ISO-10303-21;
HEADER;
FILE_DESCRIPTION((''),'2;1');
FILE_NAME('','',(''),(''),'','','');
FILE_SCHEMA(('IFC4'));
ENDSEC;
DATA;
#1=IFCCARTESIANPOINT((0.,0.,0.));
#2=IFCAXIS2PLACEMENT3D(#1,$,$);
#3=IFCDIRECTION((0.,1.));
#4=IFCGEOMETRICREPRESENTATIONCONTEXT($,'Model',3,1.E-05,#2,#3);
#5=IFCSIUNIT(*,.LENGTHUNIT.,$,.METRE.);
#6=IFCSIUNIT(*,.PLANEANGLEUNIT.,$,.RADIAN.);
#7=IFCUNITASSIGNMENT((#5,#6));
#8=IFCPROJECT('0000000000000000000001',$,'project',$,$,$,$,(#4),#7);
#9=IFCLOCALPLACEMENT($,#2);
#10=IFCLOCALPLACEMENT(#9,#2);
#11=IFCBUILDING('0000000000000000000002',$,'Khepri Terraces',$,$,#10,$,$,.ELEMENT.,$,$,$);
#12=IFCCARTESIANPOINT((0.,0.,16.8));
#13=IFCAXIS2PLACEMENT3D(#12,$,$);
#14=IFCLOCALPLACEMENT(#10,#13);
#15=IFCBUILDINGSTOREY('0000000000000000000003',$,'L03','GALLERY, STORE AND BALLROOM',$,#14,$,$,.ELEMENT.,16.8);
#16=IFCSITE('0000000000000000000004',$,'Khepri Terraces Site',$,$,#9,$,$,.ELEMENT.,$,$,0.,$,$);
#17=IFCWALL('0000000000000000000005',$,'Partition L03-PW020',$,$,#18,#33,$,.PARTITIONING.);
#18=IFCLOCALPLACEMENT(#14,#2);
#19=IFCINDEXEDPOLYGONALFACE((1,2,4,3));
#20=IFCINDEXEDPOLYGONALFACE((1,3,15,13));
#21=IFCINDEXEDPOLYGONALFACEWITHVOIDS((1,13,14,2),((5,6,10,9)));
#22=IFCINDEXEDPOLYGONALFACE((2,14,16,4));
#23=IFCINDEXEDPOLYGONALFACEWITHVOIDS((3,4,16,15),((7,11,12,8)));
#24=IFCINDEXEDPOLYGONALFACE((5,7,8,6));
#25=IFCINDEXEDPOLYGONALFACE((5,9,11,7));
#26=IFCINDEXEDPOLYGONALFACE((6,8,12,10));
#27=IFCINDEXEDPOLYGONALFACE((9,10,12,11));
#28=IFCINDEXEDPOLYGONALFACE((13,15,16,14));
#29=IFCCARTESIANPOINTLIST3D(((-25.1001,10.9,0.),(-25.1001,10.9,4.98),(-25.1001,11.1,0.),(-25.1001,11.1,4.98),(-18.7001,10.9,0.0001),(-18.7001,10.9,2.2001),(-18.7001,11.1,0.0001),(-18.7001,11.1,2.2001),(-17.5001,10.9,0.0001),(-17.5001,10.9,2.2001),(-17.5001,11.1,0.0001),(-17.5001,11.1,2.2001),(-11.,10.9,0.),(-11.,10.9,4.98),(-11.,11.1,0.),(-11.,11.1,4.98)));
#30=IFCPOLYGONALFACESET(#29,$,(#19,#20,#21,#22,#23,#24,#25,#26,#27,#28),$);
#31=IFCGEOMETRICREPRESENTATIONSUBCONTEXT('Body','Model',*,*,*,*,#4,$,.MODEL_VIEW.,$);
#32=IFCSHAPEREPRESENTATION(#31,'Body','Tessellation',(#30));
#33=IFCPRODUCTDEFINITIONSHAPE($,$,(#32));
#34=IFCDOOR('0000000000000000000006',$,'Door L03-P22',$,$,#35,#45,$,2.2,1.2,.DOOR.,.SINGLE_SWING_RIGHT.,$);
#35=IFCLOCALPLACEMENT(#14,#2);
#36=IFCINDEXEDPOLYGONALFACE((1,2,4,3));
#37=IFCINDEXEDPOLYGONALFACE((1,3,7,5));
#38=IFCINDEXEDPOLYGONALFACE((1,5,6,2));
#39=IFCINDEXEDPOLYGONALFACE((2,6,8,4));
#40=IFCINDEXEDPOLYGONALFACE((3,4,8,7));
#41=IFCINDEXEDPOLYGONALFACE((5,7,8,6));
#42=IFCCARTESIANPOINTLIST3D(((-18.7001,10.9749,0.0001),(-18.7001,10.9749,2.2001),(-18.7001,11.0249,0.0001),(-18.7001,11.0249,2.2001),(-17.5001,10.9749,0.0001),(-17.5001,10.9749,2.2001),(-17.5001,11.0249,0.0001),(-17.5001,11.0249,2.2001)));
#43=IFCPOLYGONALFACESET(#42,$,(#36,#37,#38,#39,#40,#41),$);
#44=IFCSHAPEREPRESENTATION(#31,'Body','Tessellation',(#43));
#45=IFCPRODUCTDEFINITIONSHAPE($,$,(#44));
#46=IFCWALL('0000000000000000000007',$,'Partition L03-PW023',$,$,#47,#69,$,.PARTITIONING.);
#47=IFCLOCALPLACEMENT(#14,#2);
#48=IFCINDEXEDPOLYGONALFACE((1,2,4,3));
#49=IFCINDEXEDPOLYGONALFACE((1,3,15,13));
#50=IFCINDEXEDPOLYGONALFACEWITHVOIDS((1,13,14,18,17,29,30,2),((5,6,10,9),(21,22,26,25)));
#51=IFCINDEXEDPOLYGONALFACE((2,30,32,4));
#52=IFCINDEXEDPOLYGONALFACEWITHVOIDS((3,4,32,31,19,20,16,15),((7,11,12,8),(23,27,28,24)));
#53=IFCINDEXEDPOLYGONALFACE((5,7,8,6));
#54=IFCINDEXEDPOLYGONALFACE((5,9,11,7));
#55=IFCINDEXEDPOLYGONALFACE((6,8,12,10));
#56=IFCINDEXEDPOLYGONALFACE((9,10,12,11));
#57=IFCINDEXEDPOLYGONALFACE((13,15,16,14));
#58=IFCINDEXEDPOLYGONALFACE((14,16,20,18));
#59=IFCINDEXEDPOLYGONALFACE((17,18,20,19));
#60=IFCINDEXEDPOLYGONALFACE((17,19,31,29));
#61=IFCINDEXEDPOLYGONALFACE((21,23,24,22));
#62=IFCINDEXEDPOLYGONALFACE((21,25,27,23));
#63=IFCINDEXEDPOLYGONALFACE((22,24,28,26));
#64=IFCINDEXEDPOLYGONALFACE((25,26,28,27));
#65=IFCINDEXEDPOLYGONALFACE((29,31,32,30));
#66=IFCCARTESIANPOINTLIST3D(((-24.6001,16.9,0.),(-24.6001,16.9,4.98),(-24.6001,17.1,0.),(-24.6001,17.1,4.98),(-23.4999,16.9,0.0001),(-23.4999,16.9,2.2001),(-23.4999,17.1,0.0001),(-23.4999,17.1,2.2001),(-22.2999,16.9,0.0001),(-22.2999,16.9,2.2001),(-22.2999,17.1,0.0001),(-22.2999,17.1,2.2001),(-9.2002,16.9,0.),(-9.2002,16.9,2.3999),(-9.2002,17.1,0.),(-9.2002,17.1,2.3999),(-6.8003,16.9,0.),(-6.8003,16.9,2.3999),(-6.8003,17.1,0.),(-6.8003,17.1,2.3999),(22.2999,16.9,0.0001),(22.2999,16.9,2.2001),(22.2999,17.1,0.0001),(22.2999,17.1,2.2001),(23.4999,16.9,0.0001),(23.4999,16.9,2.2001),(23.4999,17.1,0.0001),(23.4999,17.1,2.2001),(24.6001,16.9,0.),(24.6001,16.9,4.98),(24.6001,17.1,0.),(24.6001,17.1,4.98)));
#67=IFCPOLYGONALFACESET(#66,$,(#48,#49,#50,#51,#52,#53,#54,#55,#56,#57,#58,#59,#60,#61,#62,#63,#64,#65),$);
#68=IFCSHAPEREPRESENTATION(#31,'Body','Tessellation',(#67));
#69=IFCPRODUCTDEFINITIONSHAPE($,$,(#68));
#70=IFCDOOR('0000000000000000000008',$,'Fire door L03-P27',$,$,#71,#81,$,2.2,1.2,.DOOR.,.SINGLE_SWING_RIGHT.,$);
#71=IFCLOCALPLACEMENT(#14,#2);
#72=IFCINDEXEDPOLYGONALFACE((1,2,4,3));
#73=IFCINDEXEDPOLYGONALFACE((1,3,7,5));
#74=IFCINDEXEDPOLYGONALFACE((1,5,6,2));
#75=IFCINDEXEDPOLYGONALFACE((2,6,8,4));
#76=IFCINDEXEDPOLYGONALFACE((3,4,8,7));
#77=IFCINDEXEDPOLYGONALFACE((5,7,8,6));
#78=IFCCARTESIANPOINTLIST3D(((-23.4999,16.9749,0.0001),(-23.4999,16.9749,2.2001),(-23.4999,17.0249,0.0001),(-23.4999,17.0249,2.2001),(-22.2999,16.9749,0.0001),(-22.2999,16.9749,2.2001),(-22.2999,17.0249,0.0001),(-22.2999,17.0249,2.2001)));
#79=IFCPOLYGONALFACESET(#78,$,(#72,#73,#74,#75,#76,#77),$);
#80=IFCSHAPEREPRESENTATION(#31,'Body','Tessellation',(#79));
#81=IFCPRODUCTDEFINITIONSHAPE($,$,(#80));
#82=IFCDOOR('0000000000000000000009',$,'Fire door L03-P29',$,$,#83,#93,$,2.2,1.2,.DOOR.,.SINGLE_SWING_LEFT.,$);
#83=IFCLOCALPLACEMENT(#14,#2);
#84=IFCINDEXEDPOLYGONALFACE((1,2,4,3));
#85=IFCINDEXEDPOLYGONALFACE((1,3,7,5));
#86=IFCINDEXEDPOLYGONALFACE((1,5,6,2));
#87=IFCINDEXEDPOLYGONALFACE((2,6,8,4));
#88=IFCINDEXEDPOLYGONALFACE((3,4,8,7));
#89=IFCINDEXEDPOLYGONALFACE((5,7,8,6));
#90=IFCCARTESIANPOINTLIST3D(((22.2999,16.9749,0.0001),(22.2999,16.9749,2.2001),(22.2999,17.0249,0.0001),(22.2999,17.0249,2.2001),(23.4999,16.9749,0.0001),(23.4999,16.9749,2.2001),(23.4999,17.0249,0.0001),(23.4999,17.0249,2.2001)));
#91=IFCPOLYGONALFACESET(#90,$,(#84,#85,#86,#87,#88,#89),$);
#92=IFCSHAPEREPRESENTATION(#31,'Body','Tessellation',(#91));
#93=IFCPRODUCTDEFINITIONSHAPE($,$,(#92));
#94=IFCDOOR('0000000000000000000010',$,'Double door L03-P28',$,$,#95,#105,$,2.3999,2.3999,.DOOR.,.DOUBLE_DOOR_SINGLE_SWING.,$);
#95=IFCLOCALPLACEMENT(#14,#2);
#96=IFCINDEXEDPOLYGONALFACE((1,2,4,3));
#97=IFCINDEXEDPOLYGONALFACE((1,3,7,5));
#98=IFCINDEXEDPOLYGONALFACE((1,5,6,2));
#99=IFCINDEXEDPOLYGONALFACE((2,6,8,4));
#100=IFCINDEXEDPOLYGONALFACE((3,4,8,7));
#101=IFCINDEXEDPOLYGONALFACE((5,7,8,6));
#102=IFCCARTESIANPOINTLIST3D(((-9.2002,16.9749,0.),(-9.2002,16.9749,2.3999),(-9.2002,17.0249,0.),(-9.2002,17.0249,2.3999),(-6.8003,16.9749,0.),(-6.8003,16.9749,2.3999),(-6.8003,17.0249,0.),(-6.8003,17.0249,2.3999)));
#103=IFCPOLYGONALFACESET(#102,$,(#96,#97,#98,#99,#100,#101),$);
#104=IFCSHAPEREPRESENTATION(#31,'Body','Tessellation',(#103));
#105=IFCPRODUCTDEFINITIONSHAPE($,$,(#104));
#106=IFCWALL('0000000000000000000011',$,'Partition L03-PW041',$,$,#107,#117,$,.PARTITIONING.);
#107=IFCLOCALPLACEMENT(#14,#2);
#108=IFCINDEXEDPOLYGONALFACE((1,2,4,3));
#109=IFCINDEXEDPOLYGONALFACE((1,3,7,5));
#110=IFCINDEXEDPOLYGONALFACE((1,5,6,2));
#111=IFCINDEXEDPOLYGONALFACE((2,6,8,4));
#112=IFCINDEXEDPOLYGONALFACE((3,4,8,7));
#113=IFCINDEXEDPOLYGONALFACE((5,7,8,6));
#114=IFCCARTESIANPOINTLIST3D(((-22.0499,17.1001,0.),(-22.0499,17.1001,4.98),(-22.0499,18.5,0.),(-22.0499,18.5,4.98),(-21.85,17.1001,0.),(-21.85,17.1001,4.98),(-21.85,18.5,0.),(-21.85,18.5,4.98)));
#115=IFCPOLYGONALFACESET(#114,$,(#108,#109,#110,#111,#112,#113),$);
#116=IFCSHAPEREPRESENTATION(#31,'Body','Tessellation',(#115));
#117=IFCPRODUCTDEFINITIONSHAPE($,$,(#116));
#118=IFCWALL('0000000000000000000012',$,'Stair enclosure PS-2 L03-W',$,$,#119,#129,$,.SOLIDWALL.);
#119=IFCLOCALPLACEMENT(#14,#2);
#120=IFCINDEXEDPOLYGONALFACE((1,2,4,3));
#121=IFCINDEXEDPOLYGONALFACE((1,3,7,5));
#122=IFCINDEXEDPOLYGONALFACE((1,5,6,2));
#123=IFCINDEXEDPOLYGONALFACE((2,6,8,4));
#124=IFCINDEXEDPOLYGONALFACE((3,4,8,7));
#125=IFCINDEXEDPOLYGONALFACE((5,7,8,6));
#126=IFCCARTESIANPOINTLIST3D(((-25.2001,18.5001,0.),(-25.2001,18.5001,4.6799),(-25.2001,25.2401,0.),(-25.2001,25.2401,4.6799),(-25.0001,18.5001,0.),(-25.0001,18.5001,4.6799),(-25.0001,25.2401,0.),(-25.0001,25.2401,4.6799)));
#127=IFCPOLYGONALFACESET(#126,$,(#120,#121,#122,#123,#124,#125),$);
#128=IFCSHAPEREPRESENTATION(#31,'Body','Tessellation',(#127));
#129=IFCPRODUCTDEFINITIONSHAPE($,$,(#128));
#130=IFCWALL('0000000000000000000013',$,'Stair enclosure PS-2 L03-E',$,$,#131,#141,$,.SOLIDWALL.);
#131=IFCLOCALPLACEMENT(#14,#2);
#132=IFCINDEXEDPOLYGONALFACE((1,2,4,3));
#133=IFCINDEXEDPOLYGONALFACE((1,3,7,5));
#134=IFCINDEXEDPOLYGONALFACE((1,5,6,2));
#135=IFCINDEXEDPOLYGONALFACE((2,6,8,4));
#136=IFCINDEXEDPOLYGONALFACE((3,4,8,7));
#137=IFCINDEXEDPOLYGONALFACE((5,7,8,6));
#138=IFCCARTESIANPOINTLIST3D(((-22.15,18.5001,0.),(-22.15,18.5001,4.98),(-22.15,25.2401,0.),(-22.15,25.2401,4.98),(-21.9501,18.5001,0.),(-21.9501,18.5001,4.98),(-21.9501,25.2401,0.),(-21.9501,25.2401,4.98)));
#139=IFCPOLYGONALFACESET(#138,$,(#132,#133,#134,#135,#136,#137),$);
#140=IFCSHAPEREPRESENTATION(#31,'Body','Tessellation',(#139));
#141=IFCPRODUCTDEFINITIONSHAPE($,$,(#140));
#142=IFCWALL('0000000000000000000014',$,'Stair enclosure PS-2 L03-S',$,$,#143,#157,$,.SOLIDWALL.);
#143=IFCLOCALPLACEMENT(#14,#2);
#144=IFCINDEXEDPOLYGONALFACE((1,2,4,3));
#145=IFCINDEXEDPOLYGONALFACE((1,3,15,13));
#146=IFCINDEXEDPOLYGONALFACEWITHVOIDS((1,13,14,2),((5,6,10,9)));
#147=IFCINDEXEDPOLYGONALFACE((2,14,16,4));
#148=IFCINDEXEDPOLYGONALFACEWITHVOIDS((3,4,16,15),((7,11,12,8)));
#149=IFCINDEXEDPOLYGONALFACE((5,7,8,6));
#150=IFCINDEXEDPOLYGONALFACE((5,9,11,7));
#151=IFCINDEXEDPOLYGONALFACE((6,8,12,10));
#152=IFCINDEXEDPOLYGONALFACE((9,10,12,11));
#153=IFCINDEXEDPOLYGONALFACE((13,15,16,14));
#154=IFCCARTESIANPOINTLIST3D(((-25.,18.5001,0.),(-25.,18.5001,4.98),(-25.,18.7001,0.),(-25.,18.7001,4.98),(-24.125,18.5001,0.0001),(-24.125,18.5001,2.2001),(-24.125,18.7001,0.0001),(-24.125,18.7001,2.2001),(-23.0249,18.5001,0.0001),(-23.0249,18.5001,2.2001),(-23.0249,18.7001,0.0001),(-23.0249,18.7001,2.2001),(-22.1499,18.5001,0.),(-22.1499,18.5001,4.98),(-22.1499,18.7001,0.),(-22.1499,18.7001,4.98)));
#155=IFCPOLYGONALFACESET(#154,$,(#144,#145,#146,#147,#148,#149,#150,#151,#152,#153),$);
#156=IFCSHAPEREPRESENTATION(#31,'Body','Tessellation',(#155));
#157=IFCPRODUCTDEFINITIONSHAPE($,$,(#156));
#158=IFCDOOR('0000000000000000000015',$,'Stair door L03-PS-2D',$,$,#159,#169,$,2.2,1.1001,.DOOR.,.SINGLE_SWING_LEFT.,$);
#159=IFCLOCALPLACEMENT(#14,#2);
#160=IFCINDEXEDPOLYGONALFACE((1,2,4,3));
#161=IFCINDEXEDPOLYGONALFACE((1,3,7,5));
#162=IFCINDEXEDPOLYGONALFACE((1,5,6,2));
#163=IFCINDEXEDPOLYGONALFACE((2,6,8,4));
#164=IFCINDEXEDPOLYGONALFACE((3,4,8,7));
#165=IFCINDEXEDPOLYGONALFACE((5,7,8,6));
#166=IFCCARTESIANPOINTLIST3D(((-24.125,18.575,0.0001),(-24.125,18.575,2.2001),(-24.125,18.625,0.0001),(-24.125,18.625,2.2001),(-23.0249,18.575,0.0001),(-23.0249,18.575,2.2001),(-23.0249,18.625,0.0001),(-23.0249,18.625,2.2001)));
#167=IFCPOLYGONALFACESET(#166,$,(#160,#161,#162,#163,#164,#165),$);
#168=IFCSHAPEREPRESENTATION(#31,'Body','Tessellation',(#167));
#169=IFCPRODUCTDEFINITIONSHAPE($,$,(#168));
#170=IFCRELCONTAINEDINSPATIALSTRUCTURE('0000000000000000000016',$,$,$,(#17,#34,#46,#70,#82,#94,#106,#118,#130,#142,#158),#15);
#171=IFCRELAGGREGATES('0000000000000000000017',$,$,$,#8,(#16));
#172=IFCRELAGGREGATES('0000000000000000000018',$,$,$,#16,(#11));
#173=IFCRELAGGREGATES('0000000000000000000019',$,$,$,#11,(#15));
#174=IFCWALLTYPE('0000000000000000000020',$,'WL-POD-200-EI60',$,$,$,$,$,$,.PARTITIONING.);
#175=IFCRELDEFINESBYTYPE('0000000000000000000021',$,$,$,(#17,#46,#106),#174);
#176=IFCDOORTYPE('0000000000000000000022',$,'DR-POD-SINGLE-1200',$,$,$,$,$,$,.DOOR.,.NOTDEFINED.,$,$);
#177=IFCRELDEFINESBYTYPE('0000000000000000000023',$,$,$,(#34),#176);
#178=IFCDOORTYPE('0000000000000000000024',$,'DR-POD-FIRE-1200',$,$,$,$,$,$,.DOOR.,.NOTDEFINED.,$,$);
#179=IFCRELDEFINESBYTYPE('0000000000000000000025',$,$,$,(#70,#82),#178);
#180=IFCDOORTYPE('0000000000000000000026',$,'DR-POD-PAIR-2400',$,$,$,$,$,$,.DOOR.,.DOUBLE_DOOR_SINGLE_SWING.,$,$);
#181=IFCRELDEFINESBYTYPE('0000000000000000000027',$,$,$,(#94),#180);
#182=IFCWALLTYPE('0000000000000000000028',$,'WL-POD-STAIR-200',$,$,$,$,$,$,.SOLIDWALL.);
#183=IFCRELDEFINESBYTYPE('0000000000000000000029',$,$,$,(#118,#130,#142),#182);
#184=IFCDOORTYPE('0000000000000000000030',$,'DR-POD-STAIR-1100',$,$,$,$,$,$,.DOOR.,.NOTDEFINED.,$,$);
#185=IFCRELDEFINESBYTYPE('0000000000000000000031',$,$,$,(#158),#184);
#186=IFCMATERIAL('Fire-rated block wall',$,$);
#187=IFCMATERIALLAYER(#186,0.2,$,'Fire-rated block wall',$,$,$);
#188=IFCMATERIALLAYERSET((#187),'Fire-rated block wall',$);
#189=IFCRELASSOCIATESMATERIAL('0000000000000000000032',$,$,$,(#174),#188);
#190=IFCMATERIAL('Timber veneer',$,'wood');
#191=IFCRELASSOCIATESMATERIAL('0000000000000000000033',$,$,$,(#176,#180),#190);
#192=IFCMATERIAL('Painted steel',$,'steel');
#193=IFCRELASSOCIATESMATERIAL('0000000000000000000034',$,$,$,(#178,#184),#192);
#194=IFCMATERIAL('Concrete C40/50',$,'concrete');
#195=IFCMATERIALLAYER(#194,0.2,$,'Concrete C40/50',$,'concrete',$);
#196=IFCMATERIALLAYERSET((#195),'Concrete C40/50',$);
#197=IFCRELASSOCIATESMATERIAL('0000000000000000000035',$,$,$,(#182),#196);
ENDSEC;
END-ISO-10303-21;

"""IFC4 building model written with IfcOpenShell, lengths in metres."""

from ifc_helpers import new_model, si_unit, direction, frame, frame_2d, origin, place, context, subcontext, project, spatial, rectangle, extrude, material, layer, layer_set, type_object, element, fill, save


model = new_model("IFC4")

# Units and contexts
model_context = context("Model", 3, precision=1e-05, world=origin(), true_north=direction((0.0, 1.0)))
body_context = subcontext(model_context, "Body", "Model", "MODEL_VIEW")
ifc_project = project(units=[si_unit("LENGTHUNIT", "METRE"), si_unit("PLANEANGLEUNIT", "RADIAN")], contexts=[model_context])

# Site, building, storey
site_placement = place(None, origin())
site = spatial("IfcSite", under=ifc_project, at=site_placement, Name="Khepri Terraces Site", CompositionType="ELEMENT", RefElevation=0.0)
building_placement = place(site_placement, origin())
building = spatial("IfcBuilding", under=site, at=building_placement, Name="Khepri Terraces", CompositionType="ELEMENT")
storey_placement = place(building_placement, frame((0.0, 0.0, 16.8)))
storey = spatial("IfcBuildingStorey", under=building, at=storey_placement, Name="L03", Description="GALLERY, STORE AND BALLROOM", CompositionType="ELEMENT", Elevation=16.8)

# Shared definitions
ifc_material_1 = material(Name="Painted steel", Category="steel")

# Wall, opening, door
ifc_material_2 = material(Name="Fire-rated block wall")
ifc_layer_1 = layer(ifc_material_2, 0.2, Name="Fire-rated block wall")
ifc_layer_set_1 = layer_set([ifc_layer_1], Name="Fire-rated block wall")
wall_type_1 = type_object("IfcWallType", Name="WL-POD-200-EI60", PredefinedType="PARTITIONING", material=ifc_layer_set_1)
wall_1_placement = place(storey_placement, frame((-25.1001, 11.0, 0.0), z_axis=(0.0, 0.0, 1.0), x_axis=(1.0, 0.0, 0.0)))
wall_1 = element("IfcWall", 1, at=wall_1_placement, inside=storey, type_object=wall_type_1, Name="Partition L03-PW020", PredefinedType="PARTITIONING", context=body_context, shape_type="SweptSolid", body=[
    extrude(rectangle(XDim=14.1001, YDim=0.2, at=frame_2d((7.05, 0.0))), origin(), (0.0, 0.0, 1.0), 4.98),
])
opening_1_placement = place(wall_1_placement, frame((6.3999, 0.0, 0.0)))
opening_1 = element("IfcOpeningElement", 2, at=opening_1_placement, cuts=wall_1, PredefinedType="OPENING", context=body_context, shape_type="SweptSolid", body=[
    extrude(rectangle(XDim=1.2, YDim=2.2, at=frame_2d((0.6001, 1.1001))), frame((0.0, 0.1099, 0.0), z_axis=(0.0, -1.0, 0.0), x_axis=(1.0, 0.0, 0.0)), (0.0, 0.0, 1.0), 0.22),
])
ifc_material_3 = material(Name="Timber veneer", Category="wood")
door_type_1 = type_object("IfcDoorType", Name="DR-POD-SINGLE-1200", OperationType="NOTDEFINED", PredefinedType="DOOR", material=ifc_material_3)
door_1_placement = place(opening_1_placement, origin())
door_1 = element("IfcDoor", 3, at=door_1_placement, inside=storey, type_object=door_type_1, Name="Door L03-P22", OperationType="SINGLE_SWING_RIGHT", OverallHeight=2.2, OverallWidth=1.2, PredefinedType="DOOR", context=body_context, shape_type="SweptSolid", body=[
    extrude(rectangle(XDim=1.2, YDim=2.2, at=frame_2d((0.6001, 1.1001))), frame((0.0, 0.0249, 0.0), z_axis=(0.0, -1.0, 0.0), x_axis=(1.0, 0.0, 0.0)), (0.0, 0.0, 1.0), 0.05),
])
fill(opening_1, door_1)

# Wall, openings, doors
wall_2_placement = place(storey_placement, frame((-24.6001, 17.0, 0.0), z_axis=(0.0, 0.0, 1.0), x_axis=(1.0, 0.0, 0.0)))
wall_2 = element("IfcWall", 4, at=wall_2_placement, inside=storey, type_object=wall_type_1, Name="Partition L03-PW023", PredefinedType="PARTITIONING", context=body_context, shape_type="SweptSolid", body=[
    extrude(rectangle(XDim=49.2002, YDim=0.2, at=frame_2d((24.6001, 0.0))), origin(), (0.0, 0.0, 1.0), 4.98),
])
opening_2_placement = place(wall_2_placement, frame((1.1001, 0.0, 0.0)))
opening_2 = element("IfcOpeningElement", 5, at=opening_2_placement, cuts=wall_2, PredefinedType="OPENING", context=body_context, shape_type="SweptSolid", body=[
    extrude(rectangle(XDim=1.2, YDim=2.2, at=frame_2d((0.6001, 1.1001))), frame((0.0, 0.1099, 0.0), z_axis=(0.0, -1.0, 0.0), x_axis=(1.0, 0.0, 0.0)), (0.0, 0.0, 1.0), 0.22),
])
opening_3_placement = place(wall_2_placement, frame((15.3999, 0.0, 0.0)))
opening_3 = element("IfcOpeningElement", 6, at=opening_3_placement, cuts=wall_2, PredefinedType="OPENING", context=body_context, shape_type="SweptSolid", body=[
    extrude(rectangle(XDim=2.3999, YDim=2.3999, at=frame_2d((1.2, 1.2))), frame((0.0, 0.1099, 0.0), z_axis=(0.0, -1.0, 0.0), x_axis=(1.0, 0.0, 0.0)), (0.0, 0.0, 1.0), 0.22),
])
opening_4_placement = place(wall_2_placement, frame((46.8999, 0.0, 0.0)))
opening_4 = element("IfcOpeningElement", 7, at=opening_4_placement, cuts=wall_2, PredefinedType="OPENING", context=body_context, shape_type="SweptSolid", body=[
    extrude(rectangle(XDim=1.2, YDim=2.2, at=frame_2d((0.6001, 1.1001))), frame((0.0, 0.1099, 0.0), z_axis=(0.0, -1.0, 0.0), x_axis=(1.0, 0.0, 0.0)), (0.0, 0.0, 1.0), 0.22),
])
door_type_2 = type_object("IfcDoorType", Name="DR-POD-FIRE-1200", OperationType="NOTDEFINED", PredefinedType="DOOR", material=ifc_material_1)
door_2_placement = place(opening_2_placement, origin())
door_2 = element("IfcDoor", 8, at=door_2_placement, inside=storey, type_object=door_type_2, Name="Fire door L03-P27", OperationType="SINGLE_SWING_RIGHT", OverallHeight=2.2, OverallWidth=1.2, PredefinedType="DOOR", context=body_context, shape_type="SweptSolid", body=[
    extrude(rectangle(XDim=1.2, YDim=2.2, at=frame_2d((0.6001, 1.1001))), frame((0.0, 0.0249, 0.0), z_axis=(0.0, -1.0, 0.0), x_axis=(1.0, 0.0, 0.0)), (0.0, 0.0, 1.0), 0.05),
])
fill(opening_2, door_2)
door_3_placement = place(opening_4_placement, origin())
door_3 = element("IfcDoor", 9, at=door_3_placement, inside=storey, type_object=door_type_2, Name="Fire door L03-P29", OperationType="SINGLE_SWING_LEFT", OverallHeight=2.2, OverallWidth=1.2, PredefinedType="DOOR", context=body_context, shape_type="SweptSolid", body=[
    extrude(rectangle(XDim=1.2, YDim=2.2, at=frame_2d((0.6001, 1.1001))), frame((0.0, 0.0249, 0.0), z_axis=(0.0, -1.0, 0.0), x_axis=(1.0, 0.0, 0.0)), (0.0, 0.0, 1.0), 0.05),
])
fill(opening_4, door_3)
door_type_3 = type_object("IfcDoorType", Name="DR-POD-PAIR-2400", OperationType="DOUBLE_DOOR_SINGLE_SWING", PredefinedType="DOOR", material=ifc_material_3)
door_4_placement = place(opening_3_placement, origin())
door_4 = element("IfcDoor", 10, at=door_4_placement, inside=storey, type_object=door_type_3, Name="Double door L03-P28", OperationType="DOUBLE_DOOR_SINGLE_SWING", OverallHeight=2.3999, OverallWidth=2.3999, PredefinedType="DOOR", context=body_context, shape_type="SweptSolid", body=[
    extrude(rectangle(XDim=2.3999, YDim=2.3999, at=frame_2d((1.2, 1.2))), frame((0.0, 0.0249, 0.0), z_axis=(0.0, -1.0, 0.0), x_axis=(1.0, 0.0, 0.0)), (0.0, 0.0, 1.0), 0.05),
])
fill(opening_3, door_4)

# Walls
wall_3_placement = place(storey_placement, frame((-21.95, 17.1001, 0.0), z_axis=(0.0, 0.0, 1.0), x_axis=(0.0, 1.0, 0.0)))
element("IfcWall", 11, at=wall_3_placement, inside=storey, type_object=wall_type_1, Name="Partition L03-PW041", PredefinedType="PARTITIONING", context=body_context, shape_type="SweptSolid", body=[
    extrude(rectangle(XDim=1.3999, YDim=0.2, at=frame_2d((0.7, 0.0))), origin(), (0.0, 0.0, 1.0), 4.98),
])
ifc_material_4 = material(Name="Concrete C40/50", Category="concrete")
ifc_layer_2 = layer(ifc_material_4, 0.2, Name="Concrete C40/50", Category="concrete")
ifc_layer_set_2 = layer_set([ifc_layer_2], Name="Concrete C40/50")
wall_type_2 = type_object("IfcWallType", Name="WL-POD-STAIR-200", PredefinedType="SOLIDWALL", material=ifc_layer_set_2)
wall_4_placement = place(storey_placement, frame((-25.1001, 18.5, 0.0), z_axis=(0.0, 0.0, 1.0), x_axis=(0.0, 1.0, 0.0)))
element("IfcWall", 12, at=wall_4_placement, inside=storey, type_object=wall_type_2, Name="Stair enclosure PS-2 L03-W", PredefinedType="SOLIDWALL", context=body_context, shape_type="SweptSolid", body=[
    extrude(rectangle(XDim=6.74, YDim=0.2, at=frame_2d((3.3701, 0.0))), origin(), (0.0, 0.0, 1.0), 4.6799),
])
wall_5_placement = place(storey_placement, frame((-22.05, 18.5, 0.0), z_axis=(0.0, 0.0, 1.0), x_axis=(0.0, 1.0, 0.0)))
element("IfcWall", 13, at=wall_5_placement, inside=storey, type_object=wall_type_2, Name="Stair enclosure PS-2 L03-E", PredefinedType="SOLIDWALL", context=body_context, shape_type="SweptSolid", body=[
    extrude(rectangle(XDim=6.74, YDim=0.2, at=frame_2d((3.3701, 0.0))), origin(), (0.0, 0.0, 1.0), 4.98),
])

# Wall, opening, door
wall_6_placement = place(storey_placement, frame((-25.0, 18.6001, 0.0), z_axis=(0.0, 0.0, 1.0), x_axis=(1.0, 0.0, 0.0)))
wall_6 = element("IfcWall", 14, at=wall_6_placement, inside=storey, type_object=wall_type_2, Name="Stair enclosure PS-2 L03-S", PredefinedType="SOLIDWALL", context=body_context, shape_type="SweptSolid", body=[
    extrude(rectangle(XDim=2.8501, YDim=0.2, at=frame_2d((1.425, 0.0))), origin(), (0.0, 0.0, 1.0), 4.98),
])
opening_5_placement = place(wall_6_placement, frame((0.875, 0.0, 0.0)))
opening_5 = element("IfcOpeningElement", 15, at=opening_5_placement, cuts=wall_6, PredefinedType="OPENING", context=body_context, shape_type="SweptSolid", body=[
    extrude(rectangle(XDim=1.1001, YDim=2.2, at=frame_2d((0.55, 1.1001))), frame((0.0, 0.1099, 0.0), z_axis=(0.0, -1.0, 0.0), x_axis=(1.0, 0.0, 0.0)), (0.0, 0.0, 1.0), 0.22),
])
door_type_4 = type_object("IfcDoorType", Name="DR-POD-STAIR-1100", OperationType="NOTDEFINED", PredefinedType="DOOR", material=ifc_material_1)
door_5_placement = place(opening_5_placement, origin())
door_5 = element("IfcDoor", 16, at=door_5_placement, inside=storey, type_object=door_type_4, Name="Stair door L03-PS-2D", OperationType="SINGLE_SWING_LEFT", OverallHeight=2.2, OverallWidth=1.1001, PredefinedType="DOOR", context=body_context, shape_type="SweptSolid", body=[
    extrude(rectangle(XDim=1.1001, YDim=2.2, at=frame_2d((0.55, 1.1001))), frame((0.0, 0.0249, 0.0), z_axis=(0.0, -1.0, 0.0), x_axis=(1.0, 0.0, 0.0)), (0.0, 0.0, 1.0), 0.05),
])
fill(opening_5, door_5)

save(model, "model.ifc")
